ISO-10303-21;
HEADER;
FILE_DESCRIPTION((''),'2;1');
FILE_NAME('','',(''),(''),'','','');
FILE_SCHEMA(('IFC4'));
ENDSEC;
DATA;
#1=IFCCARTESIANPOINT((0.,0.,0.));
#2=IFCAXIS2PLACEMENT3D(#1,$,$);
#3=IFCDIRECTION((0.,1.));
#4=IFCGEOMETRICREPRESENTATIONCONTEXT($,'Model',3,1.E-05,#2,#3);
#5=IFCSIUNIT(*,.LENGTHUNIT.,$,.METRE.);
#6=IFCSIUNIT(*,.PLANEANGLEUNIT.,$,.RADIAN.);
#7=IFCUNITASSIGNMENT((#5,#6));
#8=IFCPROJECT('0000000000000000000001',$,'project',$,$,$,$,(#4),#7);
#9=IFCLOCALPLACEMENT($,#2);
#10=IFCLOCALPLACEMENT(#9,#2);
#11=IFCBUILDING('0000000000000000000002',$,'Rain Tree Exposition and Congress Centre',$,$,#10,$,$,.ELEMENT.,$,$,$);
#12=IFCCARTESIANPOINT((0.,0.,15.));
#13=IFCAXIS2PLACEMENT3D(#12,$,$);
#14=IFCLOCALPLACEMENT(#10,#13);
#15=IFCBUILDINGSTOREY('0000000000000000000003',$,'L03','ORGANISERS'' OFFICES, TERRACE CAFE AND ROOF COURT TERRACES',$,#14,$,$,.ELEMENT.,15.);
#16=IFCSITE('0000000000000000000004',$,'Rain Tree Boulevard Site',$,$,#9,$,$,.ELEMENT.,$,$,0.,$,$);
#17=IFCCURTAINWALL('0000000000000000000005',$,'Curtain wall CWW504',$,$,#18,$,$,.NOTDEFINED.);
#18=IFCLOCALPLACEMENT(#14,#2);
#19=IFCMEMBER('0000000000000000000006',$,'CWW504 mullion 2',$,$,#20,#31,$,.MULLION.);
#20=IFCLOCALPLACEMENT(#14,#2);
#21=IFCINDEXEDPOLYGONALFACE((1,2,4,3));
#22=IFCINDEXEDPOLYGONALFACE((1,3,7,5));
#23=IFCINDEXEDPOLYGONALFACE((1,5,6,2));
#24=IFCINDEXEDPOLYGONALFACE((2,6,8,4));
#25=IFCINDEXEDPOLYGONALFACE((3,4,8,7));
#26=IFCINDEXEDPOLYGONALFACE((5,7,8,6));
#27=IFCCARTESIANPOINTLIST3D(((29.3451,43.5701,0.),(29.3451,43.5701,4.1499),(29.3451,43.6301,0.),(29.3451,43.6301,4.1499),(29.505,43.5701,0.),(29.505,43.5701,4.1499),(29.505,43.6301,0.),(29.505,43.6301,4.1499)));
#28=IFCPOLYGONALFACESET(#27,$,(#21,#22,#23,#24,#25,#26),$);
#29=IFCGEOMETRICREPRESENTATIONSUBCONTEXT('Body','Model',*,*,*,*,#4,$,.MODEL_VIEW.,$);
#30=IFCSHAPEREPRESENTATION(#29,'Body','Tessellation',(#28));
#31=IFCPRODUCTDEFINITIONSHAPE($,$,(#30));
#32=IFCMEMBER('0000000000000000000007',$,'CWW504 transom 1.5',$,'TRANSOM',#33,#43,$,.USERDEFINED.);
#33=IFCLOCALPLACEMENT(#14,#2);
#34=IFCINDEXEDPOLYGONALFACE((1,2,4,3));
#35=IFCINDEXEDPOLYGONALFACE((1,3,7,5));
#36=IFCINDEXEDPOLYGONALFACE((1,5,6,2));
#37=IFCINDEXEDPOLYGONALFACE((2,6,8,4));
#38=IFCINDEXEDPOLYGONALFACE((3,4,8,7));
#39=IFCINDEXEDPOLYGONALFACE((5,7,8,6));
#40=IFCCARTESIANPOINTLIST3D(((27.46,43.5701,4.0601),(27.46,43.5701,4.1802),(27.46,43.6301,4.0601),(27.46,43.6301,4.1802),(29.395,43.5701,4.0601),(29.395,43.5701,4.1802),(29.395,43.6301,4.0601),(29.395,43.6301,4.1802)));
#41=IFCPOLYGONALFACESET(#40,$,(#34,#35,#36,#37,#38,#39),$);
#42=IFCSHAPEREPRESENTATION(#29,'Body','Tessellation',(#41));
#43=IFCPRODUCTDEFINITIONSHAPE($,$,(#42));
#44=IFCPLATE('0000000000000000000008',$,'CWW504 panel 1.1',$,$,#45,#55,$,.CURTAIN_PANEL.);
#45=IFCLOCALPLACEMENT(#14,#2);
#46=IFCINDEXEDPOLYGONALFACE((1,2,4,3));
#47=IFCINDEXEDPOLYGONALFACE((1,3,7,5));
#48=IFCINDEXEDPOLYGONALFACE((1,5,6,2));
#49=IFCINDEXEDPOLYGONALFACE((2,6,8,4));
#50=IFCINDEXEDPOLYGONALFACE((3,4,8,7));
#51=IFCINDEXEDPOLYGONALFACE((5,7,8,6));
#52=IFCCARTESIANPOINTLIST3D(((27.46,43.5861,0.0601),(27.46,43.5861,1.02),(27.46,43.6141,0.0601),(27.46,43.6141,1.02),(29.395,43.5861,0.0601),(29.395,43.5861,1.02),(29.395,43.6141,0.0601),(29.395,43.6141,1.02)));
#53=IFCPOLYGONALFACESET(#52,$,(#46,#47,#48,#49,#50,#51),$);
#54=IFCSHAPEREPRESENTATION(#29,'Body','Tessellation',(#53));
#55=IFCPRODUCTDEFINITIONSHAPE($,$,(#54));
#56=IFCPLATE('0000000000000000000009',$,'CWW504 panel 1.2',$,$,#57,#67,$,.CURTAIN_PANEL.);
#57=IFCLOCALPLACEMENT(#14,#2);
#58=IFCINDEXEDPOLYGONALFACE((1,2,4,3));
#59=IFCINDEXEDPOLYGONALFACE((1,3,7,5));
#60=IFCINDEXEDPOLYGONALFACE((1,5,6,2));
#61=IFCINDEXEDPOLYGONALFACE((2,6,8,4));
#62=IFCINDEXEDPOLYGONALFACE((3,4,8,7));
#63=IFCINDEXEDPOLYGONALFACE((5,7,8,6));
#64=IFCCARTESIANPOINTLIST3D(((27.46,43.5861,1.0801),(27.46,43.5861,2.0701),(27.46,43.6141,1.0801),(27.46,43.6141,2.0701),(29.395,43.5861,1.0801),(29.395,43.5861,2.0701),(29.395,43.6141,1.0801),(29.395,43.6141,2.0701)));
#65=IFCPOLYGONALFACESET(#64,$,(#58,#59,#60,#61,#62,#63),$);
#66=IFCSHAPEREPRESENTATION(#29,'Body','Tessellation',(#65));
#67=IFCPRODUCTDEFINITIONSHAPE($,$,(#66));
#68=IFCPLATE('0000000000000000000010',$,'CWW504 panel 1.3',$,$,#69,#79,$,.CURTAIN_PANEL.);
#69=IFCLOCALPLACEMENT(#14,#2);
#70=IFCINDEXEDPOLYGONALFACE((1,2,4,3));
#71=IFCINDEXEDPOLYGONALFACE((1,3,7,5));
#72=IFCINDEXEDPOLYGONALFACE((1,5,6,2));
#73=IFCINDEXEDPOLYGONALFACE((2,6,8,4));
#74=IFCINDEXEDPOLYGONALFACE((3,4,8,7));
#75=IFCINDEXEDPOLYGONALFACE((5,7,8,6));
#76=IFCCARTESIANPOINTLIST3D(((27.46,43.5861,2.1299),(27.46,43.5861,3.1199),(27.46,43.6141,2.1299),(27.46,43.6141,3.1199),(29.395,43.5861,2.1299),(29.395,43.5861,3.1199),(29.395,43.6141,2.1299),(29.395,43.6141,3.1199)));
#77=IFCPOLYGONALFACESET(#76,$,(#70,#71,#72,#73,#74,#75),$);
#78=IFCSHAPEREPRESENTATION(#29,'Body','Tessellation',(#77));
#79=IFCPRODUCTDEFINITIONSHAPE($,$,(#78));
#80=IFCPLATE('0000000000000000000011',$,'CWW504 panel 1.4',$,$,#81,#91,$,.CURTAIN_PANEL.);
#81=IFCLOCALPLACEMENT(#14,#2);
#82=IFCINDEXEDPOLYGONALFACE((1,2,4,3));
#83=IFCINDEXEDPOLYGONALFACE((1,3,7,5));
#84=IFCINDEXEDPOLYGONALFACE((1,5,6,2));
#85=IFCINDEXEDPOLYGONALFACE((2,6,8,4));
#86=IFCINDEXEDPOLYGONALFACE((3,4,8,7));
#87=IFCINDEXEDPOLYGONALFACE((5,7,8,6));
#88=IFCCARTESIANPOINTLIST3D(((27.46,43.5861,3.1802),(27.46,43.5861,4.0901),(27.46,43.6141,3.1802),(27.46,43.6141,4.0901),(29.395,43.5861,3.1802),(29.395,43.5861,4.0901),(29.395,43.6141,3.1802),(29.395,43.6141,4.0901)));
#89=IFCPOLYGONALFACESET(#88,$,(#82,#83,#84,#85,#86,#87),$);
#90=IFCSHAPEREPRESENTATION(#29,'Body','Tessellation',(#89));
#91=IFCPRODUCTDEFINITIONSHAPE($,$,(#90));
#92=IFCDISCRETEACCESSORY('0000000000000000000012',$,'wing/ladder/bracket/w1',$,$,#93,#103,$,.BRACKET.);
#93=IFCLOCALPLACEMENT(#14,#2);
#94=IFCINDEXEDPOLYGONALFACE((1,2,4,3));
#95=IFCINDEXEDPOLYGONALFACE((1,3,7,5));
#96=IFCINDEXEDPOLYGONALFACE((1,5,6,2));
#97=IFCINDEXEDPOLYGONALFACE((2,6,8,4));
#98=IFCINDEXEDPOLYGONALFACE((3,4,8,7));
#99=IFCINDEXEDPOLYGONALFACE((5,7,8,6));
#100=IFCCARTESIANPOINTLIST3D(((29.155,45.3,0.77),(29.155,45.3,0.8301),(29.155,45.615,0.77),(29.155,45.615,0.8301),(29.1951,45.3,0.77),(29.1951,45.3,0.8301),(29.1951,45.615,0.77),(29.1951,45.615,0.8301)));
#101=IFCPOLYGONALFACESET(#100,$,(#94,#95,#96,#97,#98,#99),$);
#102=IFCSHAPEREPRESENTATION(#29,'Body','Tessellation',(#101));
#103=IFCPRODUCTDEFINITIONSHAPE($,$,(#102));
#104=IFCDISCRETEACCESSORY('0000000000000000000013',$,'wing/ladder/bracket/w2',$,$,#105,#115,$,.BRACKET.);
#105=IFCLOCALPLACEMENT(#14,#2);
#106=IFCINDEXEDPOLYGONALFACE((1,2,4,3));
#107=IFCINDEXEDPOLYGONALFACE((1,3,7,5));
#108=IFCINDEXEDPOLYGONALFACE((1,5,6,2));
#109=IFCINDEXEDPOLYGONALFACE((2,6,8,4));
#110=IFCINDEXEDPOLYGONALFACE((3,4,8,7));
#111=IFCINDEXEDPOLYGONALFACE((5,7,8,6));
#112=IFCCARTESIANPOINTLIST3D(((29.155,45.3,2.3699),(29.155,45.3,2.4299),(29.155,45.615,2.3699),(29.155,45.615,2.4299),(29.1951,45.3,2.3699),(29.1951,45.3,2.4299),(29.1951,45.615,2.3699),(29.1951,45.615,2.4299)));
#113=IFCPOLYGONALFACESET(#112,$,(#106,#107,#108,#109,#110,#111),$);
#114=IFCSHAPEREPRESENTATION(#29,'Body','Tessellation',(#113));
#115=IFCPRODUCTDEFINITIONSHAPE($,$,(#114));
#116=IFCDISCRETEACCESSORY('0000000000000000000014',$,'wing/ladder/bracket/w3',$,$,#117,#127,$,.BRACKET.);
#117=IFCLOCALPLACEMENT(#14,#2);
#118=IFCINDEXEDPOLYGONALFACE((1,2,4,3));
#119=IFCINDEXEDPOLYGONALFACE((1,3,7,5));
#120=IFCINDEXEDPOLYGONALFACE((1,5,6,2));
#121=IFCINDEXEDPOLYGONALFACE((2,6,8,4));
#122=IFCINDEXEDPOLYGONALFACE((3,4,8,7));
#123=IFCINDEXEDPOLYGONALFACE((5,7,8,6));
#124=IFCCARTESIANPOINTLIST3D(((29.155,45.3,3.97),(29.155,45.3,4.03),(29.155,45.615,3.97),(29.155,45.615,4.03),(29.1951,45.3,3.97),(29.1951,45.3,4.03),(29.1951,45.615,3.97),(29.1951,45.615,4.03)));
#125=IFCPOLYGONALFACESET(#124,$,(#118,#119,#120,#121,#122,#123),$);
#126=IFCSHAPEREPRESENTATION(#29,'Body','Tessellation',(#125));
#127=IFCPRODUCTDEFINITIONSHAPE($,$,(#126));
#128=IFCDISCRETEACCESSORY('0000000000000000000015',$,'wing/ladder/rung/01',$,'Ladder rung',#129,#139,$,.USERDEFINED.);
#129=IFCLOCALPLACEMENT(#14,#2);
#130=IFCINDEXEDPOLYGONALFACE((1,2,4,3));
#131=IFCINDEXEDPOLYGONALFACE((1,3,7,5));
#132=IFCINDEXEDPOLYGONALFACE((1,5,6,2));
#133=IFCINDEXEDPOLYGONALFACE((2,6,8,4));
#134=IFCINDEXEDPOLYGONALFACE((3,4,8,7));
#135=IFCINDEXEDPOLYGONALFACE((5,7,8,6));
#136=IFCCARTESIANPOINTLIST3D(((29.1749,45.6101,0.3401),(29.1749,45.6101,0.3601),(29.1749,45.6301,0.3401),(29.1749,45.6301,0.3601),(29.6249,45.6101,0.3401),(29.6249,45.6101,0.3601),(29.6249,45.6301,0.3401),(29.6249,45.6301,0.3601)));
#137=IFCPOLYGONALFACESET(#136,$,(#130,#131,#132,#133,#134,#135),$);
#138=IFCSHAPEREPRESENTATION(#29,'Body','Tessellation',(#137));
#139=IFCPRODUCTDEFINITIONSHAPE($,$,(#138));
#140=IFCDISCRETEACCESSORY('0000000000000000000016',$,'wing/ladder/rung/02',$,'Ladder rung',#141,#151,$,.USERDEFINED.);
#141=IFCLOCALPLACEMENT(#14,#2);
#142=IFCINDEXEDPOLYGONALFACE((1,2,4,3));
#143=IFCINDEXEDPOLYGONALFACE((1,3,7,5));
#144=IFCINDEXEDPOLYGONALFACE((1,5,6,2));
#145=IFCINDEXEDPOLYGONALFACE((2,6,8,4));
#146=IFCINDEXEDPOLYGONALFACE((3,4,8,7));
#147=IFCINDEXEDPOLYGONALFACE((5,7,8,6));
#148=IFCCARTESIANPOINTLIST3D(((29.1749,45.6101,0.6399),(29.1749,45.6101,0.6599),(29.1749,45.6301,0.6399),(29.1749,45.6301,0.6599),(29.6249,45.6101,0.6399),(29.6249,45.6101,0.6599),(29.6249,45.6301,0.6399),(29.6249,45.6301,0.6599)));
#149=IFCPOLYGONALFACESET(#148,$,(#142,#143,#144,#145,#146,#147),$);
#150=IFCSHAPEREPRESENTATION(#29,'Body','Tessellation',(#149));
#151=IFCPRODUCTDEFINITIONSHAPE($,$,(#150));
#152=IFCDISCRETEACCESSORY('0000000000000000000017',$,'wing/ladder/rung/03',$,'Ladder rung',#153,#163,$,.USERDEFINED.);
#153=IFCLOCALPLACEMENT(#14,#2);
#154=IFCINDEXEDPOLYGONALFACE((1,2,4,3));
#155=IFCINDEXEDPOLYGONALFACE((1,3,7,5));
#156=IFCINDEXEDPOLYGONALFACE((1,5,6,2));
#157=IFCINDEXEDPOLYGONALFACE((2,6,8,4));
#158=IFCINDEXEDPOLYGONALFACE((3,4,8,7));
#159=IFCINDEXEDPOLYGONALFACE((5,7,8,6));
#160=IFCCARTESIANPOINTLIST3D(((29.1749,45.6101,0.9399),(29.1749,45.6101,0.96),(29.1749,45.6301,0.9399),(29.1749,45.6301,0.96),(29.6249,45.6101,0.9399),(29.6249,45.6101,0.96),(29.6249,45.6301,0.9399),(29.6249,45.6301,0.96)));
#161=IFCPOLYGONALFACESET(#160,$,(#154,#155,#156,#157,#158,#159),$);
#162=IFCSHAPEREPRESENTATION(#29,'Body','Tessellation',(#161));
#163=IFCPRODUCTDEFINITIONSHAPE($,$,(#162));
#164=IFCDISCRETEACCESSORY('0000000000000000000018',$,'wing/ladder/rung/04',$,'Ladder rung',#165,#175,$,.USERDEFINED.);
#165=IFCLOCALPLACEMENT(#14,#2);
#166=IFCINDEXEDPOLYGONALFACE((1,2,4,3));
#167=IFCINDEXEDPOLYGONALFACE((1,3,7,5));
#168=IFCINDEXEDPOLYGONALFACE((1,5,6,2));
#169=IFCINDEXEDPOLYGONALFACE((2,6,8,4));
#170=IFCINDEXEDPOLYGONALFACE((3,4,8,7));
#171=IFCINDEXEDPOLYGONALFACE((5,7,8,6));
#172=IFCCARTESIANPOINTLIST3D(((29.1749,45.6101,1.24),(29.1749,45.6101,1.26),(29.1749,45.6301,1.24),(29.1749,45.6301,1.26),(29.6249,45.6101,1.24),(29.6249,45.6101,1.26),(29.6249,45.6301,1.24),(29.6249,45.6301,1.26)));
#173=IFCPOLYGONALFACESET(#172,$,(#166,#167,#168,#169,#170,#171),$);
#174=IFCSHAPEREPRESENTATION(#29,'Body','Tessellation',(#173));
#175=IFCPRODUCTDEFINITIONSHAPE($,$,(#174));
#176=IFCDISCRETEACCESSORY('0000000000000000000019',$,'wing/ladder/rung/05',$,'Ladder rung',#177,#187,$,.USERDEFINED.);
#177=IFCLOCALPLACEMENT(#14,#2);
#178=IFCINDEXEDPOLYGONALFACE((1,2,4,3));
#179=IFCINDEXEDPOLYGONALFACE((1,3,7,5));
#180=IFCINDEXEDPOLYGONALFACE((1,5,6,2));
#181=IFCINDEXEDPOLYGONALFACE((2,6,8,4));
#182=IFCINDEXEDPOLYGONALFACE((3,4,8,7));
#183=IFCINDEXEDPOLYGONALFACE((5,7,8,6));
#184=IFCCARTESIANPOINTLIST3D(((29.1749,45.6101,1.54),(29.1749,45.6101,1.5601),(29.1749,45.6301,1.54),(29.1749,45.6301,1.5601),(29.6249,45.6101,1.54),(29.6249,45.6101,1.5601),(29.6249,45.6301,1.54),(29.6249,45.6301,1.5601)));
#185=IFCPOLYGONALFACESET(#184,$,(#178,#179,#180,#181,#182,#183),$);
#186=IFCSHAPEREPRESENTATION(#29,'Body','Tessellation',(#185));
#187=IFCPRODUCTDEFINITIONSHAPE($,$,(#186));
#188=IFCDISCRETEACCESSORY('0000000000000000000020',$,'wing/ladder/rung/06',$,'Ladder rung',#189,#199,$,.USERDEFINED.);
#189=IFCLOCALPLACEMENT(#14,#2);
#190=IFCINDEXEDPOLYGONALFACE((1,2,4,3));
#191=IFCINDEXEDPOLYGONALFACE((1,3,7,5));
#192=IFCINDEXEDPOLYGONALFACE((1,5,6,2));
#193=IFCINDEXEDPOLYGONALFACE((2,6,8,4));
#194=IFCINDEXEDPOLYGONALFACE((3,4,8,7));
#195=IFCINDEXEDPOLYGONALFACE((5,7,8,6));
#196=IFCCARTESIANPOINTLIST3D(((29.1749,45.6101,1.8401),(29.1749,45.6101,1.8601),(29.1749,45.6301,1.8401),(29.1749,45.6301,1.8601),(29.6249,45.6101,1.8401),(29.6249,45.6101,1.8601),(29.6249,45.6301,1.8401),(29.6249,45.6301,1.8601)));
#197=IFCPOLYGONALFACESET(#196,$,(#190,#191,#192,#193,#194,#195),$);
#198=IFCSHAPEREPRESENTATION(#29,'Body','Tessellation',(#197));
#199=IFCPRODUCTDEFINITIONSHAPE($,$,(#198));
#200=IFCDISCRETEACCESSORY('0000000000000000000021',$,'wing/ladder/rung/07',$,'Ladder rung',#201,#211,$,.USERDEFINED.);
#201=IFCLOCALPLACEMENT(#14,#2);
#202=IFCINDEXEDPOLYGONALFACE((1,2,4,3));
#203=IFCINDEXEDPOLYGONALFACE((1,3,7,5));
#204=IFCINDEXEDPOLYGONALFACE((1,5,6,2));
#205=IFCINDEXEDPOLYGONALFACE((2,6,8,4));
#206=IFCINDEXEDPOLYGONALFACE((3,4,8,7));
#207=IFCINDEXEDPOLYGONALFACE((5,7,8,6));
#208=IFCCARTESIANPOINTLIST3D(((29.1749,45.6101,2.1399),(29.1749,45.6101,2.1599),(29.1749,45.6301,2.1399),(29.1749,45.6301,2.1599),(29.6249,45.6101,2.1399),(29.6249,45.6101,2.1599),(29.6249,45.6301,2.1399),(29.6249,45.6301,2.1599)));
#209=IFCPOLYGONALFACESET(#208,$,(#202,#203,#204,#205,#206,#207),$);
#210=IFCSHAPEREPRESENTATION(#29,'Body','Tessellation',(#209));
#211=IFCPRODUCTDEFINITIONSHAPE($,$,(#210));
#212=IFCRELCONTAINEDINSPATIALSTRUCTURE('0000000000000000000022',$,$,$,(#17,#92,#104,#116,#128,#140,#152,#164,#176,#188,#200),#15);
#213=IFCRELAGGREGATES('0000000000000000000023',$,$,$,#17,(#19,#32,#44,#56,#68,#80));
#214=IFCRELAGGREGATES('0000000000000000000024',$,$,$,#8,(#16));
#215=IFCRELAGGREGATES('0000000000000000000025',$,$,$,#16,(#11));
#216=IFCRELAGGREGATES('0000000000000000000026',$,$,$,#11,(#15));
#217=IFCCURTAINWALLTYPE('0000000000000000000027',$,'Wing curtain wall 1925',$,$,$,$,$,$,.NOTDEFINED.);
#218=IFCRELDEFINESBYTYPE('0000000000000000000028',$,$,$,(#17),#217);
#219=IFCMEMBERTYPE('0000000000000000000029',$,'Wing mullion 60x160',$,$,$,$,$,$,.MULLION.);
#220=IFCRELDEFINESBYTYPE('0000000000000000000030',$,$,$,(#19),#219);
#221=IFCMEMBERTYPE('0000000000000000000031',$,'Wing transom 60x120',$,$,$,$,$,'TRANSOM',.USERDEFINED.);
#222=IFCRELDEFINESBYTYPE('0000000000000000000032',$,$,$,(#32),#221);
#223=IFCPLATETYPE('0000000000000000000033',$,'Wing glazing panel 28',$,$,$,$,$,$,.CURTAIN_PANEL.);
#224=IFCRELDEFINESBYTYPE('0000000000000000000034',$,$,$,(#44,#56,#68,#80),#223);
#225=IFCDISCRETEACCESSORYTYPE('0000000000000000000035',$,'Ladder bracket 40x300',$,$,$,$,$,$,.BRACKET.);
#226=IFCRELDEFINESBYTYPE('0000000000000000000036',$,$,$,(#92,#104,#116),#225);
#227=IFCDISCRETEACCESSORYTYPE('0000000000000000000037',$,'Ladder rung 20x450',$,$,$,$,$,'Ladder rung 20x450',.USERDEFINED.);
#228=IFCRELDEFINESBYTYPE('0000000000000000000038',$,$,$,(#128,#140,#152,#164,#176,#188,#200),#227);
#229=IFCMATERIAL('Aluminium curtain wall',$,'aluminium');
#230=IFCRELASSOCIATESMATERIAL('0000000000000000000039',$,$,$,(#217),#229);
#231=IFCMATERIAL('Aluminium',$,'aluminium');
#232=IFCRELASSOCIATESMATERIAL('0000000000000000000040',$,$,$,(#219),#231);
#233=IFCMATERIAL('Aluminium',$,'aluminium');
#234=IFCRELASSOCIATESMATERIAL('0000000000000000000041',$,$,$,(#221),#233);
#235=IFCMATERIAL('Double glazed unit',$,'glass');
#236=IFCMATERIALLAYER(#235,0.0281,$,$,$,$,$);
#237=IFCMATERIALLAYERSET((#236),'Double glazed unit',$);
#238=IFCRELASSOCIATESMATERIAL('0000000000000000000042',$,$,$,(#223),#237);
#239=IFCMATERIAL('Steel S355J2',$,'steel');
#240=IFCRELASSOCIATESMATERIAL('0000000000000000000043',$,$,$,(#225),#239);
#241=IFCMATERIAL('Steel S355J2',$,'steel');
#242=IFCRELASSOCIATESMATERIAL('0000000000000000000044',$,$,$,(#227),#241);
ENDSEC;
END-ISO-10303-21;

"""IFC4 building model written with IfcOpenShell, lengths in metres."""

from ifc_helpers import new_model, si_unit, direction, frame, origin, origin_2d, place, context, subcontext, project, spatial, rectangle, extrude, material, layer, layer_set, material_profile, profile_set, type_object, element, aggregate, save


model = new_model("IFC4")

# Units and contexts
model_context = context("Model", 3, precision=1e-05, world=origin(), true_north=direction((0.0, 1.0)))
body_context = subcontext(model_context, "Body", "Model", "MODEL_VIEW")
ifc_project = project(units=[si_unit("LENGTHUNIT", "METRE"), si_unit("PLANEANGLEUNIT", "RADIAN")], contexts=[model_context])

# Site, building, storey
site_placement = place(None, origin())
site = spatial("IfcSite", under=ifc_project, at=site_placement, Name="Rain Tree Boulevard Site", CompositionType="ELEMENT", RefElevation=0.0)
building_placement = place(site_placement, origin())
building = spatial("IfcBuilding", under=site, at=building_placement, Name="Rain Tree Exposition and Congress Centre", CompositionType="ELEMENT")
storey_placement = place(building_placement, frame((0.0, 0.0, 15.0)))
storey = spatial("IfcBuildingStorey", under=building, at=storey_placement, Name="L03", Description="ORGANISERS' OFFICES, TERRACE CAFE AND ROOF COURT TERRACES", CompositionType="ELEMENT", Elevation=15.0)

# Curtain wall, members, plates
ifc_material_1 = material(Name="Aluminium curtain wall", Category="aluminium")
curtain_wall_type = type_object("IfcCurtainWallType", Name="Wing curtain wall 1925", PredefinedType="NOTDEFINED", material=ifc_material_1)
curtain_wall_placement = place(storey_placement, origin())
curtain_wall = element("IfcCurtainWall", 1, at=curtain_wall_placement, inside=storey, type_object=curtain_wall_type, Name="Curtain wall CWW504", PredefinedType="NOTDEFINED")
ifc_material_2 = material(Name="Aluminium", Category="aluminium")
ifc_material_profile_1 = material_profile(ifc_material_2, rectangle(XDim=0.0601, YDim=0.1599, at=origin_2d()), Name="Aluminium 60x160")
ifc_profile_set_1 = profile_set([ifc_material_profile_1], Name="Aluminium")
member_type_1 = type_object("IfcMemberType", Name="Wing mullion 60x160", PredefinedType="MULLION", material=ifc_profile_set_1)
member_1_placement = place(storey_placement, frame((29.425, 43.6001, 0.0), z_axis=(0.0, 0.0, 1.0), x_axis=(0.0, 1.0, 0.0)))
member_1 = element("IfcMember", 2, at=member_1_placement, type_object=member_type_1, Name="CWW504 mullion 2", PredefinedType="MULLION", context=body_context, shape_type="SweptSolid", body=[
    extrude(rectangle(XDim=0.0601, YDim=0.1599, at=origin_2d()), origin(), (0.0, 0.0, 1.0), 4.1499),
])
ifc_material_3 = material(Name="Aluminium", Category="aluminium")
ifc_material_profile_2 = material_profile(ifc_material_3, rectangle(XDim=0.0601, YDim=0.1201, at=origin_2d()), Name="Aluminium 60x120")
ifc_profile_set_2 = profile_set([ifc_material_profile_2], Name="Aluminium")
member_type_2 = type_object("IfcMemberType", Name="Wing transom 60x120", ElementType="TRANSOM", PredefinedType="USERDEFINED", material=ifc_profile_set_2)
member_2_placement = place(storey_placement, frame((27.46, 43.6001, 4.1201), z_axis=(1.0, 0.0, 0.0), x_axis=(0.0, 1.0, 0.0)))
member_2 = element("IfcMember", 3, at=member_2_placement, type_object=member_type_2, Name="CWW504 transom 1.5", ObjectType="TRANSOM", PredefinedType="USERDEFINED", context=body_context, shape_type="SweptSolid", body=[
    extrude(rectangle(XDim=0.0601, YDim=0.1201, at=origin_2d()), origin(), (0.0, 0.0, 1.0), 1.9351),
])
ifc_material_4 = material(Name="Double glazed unit", Category="glass")
ifc_layer = layer(ifc_material_4, 0.0281)
ifc_layer_set = layer_set([ifc_layer], Name="Double glazed unit")
plate_type = type_object("IfcPlateType", Name="Wing glazing panel 28", PredefinedType="CURTAIN_PANEL", material=ifc_layer_set)
plate_1_placement = place(storey_placement, frame((28.4275, 43.6001, 0.0601), z_axis=(0.0, 0.0, 1.0), x_axis=(1.0, 0.0, 0.0)))
plate_1 = element("IfcPlate", 4, at=plate_1_placement, type_object=plate_type, Name="CWW504 panel 1.1", PredefinedType="CURTAIN_PANEL", context=body_context, shape_type="SweptSolid", body=[
    extrude(rectangle(XDim=1.9351, YDim=0.0281, at=origin_2d()), origin(), (0.0, 0.0, 1.0), 0.96),
])
plate_2_placement = place(storey_placement, frame((28.4275, 43.6001, 1.0801), z_axis=(0.0, 0.0, 1.0), x_axis=(1.0, 0.0, 0.0)))
plate_2 = element("IfcPlate", 5, at=plate_2_placement, type_object=plate_type, Name="CWW504 panel 1.2", PredefinedType="CURTAIN_PANEL", context=body_context, shape_type="SweptSolid", body=[
    extrude(rectangle(XDim=1.9351, YDim=0.0281, at=origin_2d()), origin(), (0.0, 0.0, 1.0), 0.99),
])
plate_3_placement = place(storey_placement, frame((28.4275, 43.6001, 2.1299), z_axis=(0.0, 0.0, 1.0), x_axis=(1.0, 0.0, 0.0)))
plate_3 = element("IfcPlate", 6, at=plate_3_placement, type_object=plate_type, Name="CWW504 panel 1.3", PredefinedType="CURTAIN_PANEL", context=body_context, shape_type="SweptSolid", body=[
    extrude(rectangle(XDim=1.9351, YDim=0.0281, at=origin_2d()), origin(), (0.0, 0.0, 1.0), 0.99),
])
plate_4_placement = place(storey_placement, frame((28.4275, 43.6001, 3.1802), z_axis=(0.0, 0.0, 1.0), x_axis=(1.0, 0.0, 0.0)))
plate_4 = element("IfcPlate", 7, at=plate_4_placement, type_object=plate_type, Name="CWW504 panel 1.4", PredefinedType="CURTAIN_PANEL", context=body_context, shape_type="SweptSolid", body=[
    extrude(rectangle(XDim=1.9351, YDim=0.0281, at=origin_2d()), origin(), (0.0, 0.0, 1.0), 0.9099),
])
aggregate(curtain_wall, [member_1, member_2, plate_1, plate_2, plate_3, plate_4])

# Discrete accessories
ifc_material_5 = material(Name="Steel S355J2", Category="steel")
discrete_accessory_type_1 = type_object("IfcDiscreteAccessoryType", Name="Ladder bracket 40x300", PredefinedType="BRACKET", material=ifc_material_5)
for number, where, z_axis, x_axis, name in (
    (8, (29.175, 45.4575, 0.77), (0.0, 0.0, 1.0), (1.0, 0.0, 0.0), "wing/ladder/bracket/w1"),
    (9, (29.175, 45.4575, 2.3699), (0.0, 0.0, 1.0), (1.0, 0.0, 0.0), "wing/ladder/bracket/w2"),
    (10, (29.175, 45.4575, 3.97), (0.0, 0.0, 1.0), (1.0, 0.0, 0.0), "wing/ladder/bracket/w3"),
):
    element("IfcDiscreteAccessory", number, at=place(storey_placement, frame(where, z_axis=z_axis, x_axis=x_axis)), inside=storey, type_object=discrete_accessory_type_1, Name=name, PredefinedType="BRACKET", context=body_context, shape_type="SweptSolid", body=[
        extrude(rectangle(XDim=0.04, YDim=0.3149, at=origin_2d()), origin(), (0.0, 0.0, 1.0), 0.0601),
    ])
ifc_material_6 = material(Name="Steel S355J2", Category="steel")
discrete_accessory_type_2 = type_object("IfcDiscreteAccessoryType", Name="Ladder rung 20x450", ElementType="Ladder rung 20x450", PredefinedType="USERDEFINED", material=ifc_material_6)
for number, where, z_axis, x_axis, name in (
    (11, (29.3999, 45.6201, 0.3401), (0.0, 0.0, 1.0), (1.0, 0.0, 0.0), "wing/ladder/rung/01"),
    (12, (29.3999, 45.6201, 0.6399), (0.0, 0.0, 1.0), (1.0, 0.0, 0.0), "wing/ladder/rung/02"),
    (13, (29.3999, 45.6201, 0.9399), (0.0, 0.0, 1.0), (1.0, 0.0, 0.0), "wing/ladder/rung/03"),
    (14, (29.3999, 45.6201, 1.24), (0.0, 0.0, 1.0), (1.0, 0.0, 0.0), "wing/ladder/rung/04"),
    (15, (29.3999, 45.6201, 1.54), (0.0, 0.0, 1.0), (1.0, 0.0, 0.0), "wing/ladder/rung/05"),
    (16, (29.3999, 45.6201, 1.8401), (0.0, 0.0, 1.0), (1.0, 0.0, 0.0), "wing/ladder/rung/06"),
    (17, (29.3999, 45.6201, 2.1399), (0.0, 0.0, 1.0), (1.0, 0.0, 0.0), "wing/ladder/rung/07"),
):
    element("IfcDiscreteAccessory", number, at=place(storey_placement, frame(where, z_axis=z_axis, x_axis=x_axis)), inside=storey, type_object=discrete_accessory_type_2, Name=name, ObjectType="Ladder rung", PredefinedType="USERDEFINED", context=body_context, shape_type="SweptSolid", body=[
        extrude(rectangle(XDim=0.45, YDim=0.02, at=origin_2d()), origin(), (0.0, 0.0, 1.0), 0.02),
    ])

save(model, "model.ifc")
